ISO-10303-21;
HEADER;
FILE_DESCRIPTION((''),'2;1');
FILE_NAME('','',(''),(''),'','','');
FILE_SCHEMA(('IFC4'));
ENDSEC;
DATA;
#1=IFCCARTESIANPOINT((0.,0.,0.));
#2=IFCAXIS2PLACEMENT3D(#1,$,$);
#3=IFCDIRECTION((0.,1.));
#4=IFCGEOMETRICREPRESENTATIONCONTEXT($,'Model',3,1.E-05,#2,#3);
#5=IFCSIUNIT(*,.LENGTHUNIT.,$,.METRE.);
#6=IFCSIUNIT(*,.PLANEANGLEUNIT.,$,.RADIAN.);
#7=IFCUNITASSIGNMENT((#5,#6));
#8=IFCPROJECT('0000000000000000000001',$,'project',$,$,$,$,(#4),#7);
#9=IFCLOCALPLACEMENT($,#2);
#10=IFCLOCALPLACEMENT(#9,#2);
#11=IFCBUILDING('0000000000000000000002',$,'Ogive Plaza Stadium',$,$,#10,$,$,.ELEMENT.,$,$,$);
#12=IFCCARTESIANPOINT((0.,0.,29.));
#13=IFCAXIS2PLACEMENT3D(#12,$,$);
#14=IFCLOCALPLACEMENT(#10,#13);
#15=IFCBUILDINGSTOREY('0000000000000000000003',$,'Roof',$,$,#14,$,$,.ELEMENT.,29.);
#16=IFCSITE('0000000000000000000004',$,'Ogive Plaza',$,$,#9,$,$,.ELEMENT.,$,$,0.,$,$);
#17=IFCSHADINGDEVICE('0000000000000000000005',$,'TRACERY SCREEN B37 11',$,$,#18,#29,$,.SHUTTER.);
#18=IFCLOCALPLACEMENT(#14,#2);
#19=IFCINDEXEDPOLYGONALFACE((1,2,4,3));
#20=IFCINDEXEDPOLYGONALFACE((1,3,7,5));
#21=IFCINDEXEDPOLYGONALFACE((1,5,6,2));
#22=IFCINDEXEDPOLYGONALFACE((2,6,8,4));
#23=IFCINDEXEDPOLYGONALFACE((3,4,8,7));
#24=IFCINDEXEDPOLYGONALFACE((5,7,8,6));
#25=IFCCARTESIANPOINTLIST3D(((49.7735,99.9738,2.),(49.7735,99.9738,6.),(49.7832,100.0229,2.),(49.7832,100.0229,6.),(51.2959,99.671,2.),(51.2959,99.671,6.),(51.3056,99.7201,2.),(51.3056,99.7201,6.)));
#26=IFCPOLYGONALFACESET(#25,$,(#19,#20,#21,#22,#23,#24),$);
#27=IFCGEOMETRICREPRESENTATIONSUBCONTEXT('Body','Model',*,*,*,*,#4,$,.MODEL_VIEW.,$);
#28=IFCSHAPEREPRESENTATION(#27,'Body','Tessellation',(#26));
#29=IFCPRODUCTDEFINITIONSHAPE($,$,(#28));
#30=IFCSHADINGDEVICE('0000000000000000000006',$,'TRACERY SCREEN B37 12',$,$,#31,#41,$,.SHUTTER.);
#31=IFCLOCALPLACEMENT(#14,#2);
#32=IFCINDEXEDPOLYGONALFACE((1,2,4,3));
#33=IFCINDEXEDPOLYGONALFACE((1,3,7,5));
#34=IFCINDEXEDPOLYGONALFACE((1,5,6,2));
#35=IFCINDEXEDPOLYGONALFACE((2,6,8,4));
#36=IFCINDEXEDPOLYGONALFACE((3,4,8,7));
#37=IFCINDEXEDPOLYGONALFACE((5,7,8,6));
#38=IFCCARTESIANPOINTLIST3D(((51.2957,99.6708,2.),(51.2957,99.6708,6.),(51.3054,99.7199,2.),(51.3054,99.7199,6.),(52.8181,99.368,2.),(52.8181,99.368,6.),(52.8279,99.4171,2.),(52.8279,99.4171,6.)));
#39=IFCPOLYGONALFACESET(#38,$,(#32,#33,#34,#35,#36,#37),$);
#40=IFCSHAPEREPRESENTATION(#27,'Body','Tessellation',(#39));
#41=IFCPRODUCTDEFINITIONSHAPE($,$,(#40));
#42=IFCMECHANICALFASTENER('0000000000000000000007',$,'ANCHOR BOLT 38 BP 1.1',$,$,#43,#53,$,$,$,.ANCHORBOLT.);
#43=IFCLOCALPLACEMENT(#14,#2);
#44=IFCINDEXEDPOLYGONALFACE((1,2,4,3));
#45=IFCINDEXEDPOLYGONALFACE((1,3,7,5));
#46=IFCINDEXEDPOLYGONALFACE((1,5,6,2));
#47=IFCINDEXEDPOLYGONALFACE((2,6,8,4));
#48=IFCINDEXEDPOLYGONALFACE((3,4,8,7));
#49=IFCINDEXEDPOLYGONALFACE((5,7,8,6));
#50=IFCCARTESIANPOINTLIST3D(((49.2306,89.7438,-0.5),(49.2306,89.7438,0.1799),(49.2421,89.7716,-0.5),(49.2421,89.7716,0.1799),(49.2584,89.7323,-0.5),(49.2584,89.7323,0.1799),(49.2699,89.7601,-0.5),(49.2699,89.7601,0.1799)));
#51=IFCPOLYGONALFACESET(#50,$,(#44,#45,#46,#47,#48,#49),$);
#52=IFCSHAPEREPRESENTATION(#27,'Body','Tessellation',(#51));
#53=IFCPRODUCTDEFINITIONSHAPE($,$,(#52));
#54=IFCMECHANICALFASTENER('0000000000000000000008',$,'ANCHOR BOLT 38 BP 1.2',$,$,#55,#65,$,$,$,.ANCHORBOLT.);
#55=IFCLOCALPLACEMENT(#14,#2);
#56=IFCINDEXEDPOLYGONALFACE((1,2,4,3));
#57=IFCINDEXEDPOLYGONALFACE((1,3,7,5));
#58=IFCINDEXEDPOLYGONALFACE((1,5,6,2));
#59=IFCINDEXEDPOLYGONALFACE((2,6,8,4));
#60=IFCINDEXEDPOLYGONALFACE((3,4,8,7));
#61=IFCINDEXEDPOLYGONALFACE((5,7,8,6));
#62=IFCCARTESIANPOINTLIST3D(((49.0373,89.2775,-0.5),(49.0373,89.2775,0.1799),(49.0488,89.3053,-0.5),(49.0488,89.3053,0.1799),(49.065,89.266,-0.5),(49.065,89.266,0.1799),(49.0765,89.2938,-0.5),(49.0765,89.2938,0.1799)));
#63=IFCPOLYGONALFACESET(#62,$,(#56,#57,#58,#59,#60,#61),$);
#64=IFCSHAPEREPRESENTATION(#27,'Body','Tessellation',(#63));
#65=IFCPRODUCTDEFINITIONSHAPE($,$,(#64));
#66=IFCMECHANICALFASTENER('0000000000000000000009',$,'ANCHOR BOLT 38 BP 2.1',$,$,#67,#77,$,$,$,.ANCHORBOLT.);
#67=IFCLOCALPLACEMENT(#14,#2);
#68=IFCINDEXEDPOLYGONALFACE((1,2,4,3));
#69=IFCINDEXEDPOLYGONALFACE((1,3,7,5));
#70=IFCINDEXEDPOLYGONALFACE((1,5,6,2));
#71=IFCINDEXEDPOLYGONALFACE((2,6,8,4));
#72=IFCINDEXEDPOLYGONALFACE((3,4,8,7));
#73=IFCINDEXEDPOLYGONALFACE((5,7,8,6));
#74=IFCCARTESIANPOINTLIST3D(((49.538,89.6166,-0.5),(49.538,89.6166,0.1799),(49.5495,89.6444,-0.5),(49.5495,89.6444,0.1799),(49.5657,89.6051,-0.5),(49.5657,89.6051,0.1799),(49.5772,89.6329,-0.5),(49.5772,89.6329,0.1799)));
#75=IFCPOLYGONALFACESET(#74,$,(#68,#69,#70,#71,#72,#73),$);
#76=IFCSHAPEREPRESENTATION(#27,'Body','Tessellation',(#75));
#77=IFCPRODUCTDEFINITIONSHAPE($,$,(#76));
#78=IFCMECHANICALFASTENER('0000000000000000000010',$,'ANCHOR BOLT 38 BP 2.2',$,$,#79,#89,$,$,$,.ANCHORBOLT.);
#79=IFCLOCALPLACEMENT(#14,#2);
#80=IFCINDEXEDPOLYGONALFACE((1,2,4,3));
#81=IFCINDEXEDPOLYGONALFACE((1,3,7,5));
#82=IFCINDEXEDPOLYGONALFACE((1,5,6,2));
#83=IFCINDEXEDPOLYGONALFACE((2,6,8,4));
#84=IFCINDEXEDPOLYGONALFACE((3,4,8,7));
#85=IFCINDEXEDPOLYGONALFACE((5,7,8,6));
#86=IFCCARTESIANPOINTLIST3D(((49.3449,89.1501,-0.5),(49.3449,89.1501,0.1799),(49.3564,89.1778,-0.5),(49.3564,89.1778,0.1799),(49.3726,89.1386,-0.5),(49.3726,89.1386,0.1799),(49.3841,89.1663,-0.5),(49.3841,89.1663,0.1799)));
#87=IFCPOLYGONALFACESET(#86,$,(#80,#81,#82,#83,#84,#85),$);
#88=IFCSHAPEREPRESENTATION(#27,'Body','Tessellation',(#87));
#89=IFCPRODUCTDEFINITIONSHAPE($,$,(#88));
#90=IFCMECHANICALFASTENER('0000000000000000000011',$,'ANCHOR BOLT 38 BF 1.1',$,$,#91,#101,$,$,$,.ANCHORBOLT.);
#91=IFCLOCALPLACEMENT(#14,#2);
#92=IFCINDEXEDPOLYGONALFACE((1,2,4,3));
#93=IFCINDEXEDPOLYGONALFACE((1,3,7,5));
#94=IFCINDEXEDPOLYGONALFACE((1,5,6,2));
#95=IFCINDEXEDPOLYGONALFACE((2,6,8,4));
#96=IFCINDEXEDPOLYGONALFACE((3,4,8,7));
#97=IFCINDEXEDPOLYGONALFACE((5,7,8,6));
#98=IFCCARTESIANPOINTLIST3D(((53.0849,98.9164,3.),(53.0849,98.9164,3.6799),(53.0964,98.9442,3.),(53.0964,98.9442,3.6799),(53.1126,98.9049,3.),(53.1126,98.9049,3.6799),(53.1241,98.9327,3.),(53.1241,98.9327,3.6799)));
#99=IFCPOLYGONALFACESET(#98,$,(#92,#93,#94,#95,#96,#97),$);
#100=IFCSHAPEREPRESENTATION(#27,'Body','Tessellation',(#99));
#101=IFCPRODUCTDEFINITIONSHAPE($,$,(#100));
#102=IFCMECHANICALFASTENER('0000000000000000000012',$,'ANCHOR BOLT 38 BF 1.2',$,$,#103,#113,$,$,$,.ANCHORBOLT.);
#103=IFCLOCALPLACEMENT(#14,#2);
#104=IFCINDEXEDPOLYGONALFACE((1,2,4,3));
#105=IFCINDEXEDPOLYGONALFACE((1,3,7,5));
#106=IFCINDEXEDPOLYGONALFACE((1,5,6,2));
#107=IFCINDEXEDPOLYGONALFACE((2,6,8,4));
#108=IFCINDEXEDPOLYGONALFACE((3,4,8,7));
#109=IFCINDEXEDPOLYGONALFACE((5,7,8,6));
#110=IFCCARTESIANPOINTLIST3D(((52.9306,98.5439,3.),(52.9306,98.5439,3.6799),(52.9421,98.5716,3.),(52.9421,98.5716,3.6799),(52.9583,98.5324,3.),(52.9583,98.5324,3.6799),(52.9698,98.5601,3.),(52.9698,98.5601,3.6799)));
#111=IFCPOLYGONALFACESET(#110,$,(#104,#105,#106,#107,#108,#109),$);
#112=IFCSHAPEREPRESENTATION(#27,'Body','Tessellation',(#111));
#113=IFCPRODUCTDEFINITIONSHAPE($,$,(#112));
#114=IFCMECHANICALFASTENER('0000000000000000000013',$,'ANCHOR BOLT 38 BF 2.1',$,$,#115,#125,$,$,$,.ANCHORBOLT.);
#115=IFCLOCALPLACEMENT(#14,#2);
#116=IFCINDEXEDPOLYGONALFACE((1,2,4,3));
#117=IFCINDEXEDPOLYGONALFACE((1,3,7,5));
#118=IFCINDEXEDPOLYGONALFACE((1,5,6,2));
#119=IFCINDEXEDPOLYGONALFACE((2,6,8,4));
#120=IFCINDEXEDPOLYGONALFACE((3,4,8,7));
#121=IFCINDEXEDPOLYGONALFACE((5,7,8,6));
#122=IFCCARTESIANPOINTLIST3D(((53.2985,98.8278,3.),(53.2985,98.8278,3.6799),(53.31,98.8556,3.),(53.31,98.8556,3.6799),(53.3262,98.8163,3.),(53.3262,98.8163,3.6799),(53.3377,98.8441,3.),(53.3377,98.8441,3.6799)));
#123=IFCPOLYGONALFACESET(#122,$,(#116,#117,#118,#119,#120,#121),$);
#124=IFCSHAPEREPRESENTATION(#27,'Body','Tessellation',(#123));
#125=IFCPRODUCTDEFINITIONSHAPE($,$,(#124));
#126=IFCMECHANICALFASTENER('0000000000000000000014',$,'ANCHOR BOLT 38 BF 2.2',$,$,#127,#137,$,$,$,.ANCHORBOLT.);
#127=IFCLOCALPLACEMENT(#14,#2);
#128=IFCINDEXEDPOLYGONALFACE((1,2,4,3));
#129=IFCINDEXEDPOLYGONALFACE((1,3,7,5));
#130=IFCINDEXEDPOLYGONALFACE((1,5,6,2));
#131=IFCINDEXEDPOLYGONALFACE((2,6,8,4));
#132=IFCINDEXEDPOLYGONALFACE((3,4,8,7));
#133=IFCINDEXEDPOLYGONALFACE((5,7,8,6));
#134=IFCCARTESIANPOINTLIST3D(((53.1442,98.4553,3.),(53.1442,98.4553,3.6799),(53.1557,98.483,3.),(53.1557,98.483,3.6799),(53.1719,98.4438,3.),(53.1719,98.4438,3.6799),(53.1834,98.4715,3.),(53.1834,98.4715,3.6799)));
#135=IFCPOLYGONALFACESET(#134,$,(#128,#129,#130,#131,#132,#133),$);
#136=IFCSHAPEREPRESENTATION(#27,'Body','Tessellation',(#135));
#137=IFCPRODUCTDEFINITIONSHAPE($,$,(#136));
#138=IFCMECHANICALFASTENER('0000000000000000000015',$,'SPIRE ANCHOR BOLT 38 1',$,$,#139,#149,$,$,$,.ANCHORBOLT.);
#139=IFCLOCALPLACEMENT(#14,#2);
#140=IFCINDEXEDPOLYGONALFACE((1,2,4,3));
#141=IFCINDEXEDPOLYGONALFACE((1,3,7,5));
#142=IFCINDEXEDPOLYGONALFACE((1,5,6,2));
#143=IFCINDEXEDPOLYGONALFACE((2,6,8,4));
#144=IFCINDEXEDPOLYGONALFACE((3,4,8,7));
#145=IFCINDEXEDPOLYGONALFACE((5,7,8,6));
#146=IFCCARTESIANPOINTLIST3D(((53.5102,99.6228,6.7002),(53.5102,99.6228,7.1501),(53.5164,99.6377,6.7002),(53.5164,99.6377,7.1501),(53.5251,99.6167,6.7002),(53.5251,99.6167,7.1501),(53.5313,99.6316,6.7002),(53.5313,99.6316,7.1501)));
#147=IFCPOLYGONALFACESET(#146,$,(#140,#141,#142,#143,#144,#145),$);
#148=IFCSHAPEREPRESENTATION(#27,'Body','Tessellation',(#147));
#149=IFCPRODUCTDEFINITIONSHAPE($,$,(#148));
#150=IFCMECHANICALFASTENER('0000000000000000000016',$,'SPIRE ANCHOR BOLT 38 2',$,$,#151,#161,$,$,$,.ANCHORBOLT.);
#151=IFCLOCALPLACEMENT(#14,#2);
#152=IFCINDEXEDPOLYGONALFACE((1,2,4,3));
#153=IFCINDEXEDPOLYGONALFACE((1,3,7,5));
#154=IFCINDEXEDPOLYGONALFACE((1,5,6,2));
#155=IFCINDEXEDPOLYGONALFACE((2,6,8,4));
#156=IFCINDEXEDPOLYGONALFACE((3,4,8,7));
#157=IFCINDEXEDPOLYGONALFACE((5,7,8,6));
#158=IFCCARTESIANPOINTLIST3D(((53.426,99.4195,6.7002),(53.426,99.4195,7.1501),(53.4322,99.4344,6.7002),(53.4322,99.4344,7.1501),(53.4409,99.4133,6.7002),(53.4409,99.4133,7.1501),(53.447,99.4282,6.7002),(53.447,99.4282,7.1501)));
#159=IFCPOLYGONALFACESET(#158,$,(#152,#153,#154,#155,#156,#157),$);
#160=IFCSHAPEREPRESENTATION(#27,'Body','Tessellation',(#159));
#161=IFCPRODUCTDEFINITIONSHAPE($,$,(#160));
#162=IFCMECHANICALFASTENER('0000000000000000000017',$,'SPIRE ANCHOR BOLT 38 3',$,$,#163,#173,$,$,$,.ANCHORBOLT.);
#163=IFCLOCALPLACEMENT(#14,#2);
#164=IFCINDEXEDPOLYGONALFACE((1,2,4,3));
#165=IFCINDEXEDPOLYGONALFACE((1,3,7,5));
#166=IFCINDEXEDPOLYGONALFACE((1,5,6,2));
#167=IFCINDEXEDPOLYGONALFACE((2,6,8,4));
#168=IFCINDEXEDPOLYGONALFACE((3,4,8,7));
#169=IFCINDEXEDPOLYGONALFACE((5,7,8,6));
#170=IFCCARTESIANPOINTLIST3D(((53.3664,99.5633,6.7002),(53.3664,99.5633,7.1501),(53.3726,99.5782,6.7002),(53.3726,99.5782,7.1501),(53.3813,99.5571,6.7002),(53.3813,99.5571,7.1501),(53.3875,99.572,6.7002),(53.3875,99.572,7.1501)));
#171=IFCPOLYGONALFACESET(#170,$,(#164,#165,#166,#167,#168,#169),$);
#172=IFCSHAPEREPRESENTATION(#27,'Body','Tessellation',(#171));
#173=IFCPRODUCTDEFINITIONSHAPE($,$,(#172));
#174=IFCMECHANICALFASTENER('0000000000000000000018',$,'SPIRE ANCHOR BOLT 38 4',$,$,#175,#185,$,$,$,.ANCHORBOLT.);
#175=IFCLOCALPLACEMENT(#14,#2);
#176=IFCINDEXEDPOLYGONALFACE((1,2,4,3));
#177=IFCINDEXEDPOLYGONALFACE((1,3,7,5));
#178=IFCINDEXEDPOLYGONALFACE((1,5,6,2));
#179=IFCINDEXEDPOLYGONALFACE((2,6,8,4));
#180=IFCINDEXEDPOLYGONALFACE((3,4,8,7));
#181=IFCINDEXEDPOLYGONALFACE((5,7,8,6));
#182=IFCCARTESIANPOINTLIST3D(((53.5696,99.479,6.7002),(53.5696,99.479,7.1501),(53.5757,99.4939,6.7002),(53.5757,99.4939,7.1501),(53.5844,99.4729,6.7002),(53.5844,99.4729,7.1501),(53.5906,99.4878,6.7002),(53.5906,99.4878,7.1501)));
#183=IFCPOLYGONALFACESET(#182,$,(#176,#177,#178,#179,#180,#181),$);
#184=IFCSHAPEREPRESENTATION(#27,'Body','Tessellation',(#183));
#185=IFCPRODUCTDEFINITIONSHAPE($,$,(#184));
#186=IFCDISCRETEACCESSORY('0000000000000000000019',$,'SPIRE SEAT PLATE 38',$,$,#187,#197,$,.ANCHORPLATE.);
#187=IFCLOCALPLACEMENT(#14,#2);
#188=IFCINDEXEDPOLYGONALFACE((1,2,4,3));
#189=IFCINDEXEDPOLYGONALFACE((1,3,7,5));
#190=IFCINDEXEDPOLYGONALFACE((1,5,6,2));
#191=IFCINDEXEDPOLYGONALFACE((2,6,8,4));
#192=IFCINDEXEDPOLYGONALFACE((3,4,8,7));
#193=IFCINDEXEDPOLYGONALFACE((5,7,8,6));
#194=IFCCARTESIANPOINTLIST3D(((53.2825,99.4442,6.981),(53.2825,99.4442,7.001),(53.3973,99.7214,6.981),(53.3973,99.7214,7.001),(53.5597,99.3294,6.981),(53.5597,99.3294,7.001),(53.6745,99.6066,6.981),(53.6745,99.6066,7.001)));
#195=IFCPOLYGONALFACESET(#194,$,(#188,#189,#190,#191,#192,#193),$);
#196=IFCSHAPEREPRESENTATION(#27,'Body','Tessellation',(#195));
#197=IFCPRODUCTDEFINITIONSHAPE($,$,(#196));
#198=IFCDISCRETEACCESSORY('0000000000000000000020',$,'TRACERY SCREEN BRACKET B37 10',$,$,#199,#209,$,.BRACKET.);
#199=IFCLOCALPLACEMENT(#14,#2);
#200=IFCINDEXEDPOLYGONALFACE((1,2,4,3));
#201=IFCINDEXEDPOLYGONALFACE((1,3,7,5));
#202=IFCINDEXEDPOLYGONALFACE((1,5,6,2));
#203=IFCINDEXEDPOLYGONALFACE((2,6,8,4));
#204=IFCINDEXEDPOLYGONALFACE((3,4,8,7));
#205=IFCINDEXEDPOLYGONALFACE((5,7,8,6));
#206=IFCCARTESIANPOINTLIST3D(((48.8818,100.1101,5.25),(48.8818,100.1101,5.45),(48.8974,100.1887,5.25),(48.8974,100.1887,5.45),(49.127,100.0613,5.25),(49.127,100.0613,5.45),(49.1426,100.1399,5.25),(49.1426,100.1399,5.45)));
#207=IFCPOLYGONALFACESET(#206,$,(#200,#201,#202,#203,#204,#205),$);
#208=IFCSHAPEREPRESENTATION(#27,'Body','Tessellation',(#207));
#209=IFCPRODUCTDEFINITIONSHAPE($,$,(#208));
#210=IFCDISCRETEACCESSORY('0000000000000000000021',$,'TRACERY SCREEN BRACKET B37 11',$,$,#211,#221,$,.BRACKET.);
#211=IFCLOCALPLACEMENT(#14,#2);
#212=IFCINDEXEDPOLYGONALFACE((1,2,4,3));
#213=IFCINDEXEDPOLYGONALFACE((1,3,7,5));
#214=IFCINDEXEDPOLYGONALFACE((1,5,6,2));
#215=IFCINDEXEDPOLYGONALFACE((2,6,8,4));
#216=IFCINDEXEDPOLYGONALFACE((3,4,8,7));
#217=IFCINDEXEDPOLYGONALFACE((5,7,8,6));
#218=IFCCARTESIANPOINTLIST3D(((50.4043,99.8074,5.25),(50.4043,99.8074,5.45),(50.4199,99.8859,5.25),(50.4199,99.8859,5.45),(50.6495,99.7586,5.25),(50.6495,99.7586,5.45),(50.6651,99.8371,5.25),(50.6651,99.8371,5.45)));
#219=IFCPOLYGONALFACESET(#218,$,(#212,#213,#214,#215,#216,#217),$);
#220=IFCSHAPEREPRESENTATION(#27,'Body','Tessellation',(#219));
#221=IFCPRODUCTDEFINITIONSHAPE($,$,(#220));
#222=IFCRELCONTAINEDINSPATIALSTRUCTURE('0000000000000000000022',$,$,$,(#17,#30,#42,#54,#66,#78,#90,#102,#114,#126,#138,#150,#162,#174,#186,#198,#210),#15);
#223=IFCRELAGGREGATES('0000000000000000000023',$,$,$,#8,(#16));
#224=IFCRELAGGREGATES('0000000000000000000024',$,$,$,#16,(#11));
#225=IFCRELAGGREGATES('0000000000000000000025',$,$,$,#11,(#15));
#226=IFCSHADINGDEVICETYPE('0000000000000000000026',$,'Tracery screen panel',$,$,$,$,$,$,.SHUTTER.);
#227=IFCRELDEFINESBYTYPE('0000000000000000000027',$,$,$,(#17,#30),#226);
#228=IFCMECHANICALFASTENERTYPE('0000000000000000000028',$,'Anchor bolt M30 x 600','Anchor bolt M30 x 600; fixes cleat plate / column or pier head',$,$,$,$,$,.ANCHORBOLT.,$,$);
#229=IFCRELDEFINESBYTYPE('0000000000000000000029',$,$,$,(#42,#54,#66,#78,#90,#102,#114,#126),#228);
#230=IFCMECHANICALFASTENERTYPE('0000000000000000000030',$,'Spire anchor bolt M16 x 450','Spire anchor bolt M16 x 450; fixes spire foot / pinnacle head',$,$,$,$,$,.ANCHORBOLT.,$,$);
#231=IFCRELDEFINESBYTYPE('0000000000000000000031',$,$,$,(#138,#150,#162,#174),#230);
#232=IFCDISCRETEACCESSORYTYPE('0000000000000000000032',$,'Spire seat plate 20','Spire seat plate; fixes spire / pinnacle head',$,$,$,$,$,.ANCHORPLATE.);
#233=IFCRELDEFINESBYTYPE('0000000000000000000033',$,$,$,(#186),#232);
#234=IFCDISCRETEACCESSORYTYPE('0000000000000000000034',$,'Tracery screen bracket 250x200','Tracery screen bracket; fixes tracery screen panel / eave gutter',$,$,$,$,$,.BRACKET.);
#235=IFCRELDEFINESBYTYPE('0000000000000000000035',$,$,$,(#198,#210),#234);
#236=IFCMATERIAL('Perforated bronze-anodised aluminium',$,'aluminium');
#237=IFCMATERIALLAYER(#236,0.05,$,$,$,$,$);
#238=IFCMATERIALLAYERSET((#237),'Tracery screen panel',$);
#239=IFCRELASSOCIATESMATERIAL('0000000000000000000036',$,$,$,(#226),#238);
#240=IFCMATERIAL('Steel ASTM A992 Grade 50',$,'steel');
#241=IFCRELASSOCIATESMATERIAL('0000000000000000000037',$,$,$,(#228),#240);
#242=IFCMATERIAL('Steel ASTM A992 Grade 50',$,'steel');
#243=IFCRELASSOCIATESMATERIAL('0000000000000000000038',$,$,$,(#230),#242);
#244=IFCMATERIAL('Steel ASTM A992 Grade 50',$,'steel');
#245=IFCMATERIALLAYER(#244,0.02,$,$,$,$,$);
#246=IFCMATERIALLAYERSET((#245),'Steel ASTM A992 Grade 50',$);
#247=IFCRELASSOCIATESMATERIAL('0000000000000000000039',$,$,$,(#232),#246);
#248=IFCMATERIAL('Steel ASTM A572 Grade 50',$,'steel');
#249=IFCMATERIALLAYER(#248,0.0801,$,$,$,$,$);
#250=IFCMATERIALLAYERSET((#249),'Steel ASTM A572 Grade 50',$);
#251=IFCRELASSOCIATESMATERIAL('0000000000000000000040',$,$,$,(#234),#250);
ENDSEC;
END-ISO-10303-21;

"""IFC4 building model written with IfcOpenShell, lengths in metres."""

from ifc_helpers import new_model, si_unit, direction, frame, origin, origin_2d, place, context, subcontext, project, spatial, rectangle, extrude, material, layer, layer_set, type_object, element, save


model = new_model("IFC4")

# Units and contexts
model_context = context("Model", 3, precision=1e-05, world=origin(), true_north=direction((0.0, 1.0)))
body_context = subcontext(model_context, "Body", "Model", "MODEL_VIEW")
ifc_project = project(units=[si_unit("LENGTHUNIT", "METRE"), si_unit("PLANEANGLEUNIT", "RADIAN")], contexts=[model_context])

# Site, building, storey
site_placement = place(None, origin())
site = spatial("IfcSite", under=ifc_project, at=site_placement, Name="Ogive Plaza", CompositionType="ELEMENT", RefElevation=0.0)
building_placement = place(site_placement, origin())
building = spatial("IfcBuilding", under=site, at=building_placement, Name="Ogive Plaza Stadium", CompositionType="ELEMENT")
storey_placement = place(building_placement, frame((0.0, 0.0, 29.0)))
storey = spatial("IfcBuildingStorey", under=building, at=storey_placement, Name="Roof", CompositionType="ELEMENT", Elevation=29.0)

# Shading devices
ifc_material_1 = material(Name="Perforated bronze-anodised aluminium", Category="aluminium")
ifc_layer_1 = layer(ifc_material_1, 0.05)
ifc_layer_set_1 = layer_set([ifc_layer_1], Name="Tracery screen panel")
shading_device_type = type_object("IfcShadingDeviceType", Name="Tracery screen panel", PredefinedType="SHUTTER", material=ifc_layer_set_1)
for number, where, z_axis, x_axis, name in (
    (1, (50.5396, 99.8469, 2.0), (0.0, 0.0, 1.0), (0.980785, -0.19509, 0.0), "TRACERY SCREEN B37 11"),
    (2, (52.0618, 99.5439, 2.0), (0.0, 0.0, 1.0), (0.980785, -0.19509, 0.0), "TRACERY SCREEN B37 12"),
):
    element("IfcShadingDevice", number, at=place(storey_placement, frame(where, z_axis=z_axis, x_axis=x_axis)), inside=storey, type_object=shading_device_type, Name=name, PredefinedType="SHUTTER", context=body_context, shape_type="SweptSolid", body=[
        extrude(rectangle(XDim=1.5522, YDim=0.05, at=origin_2d()), origin(), (0.0, 0.0, 1.0), 4.0),
    ])

# Mechanical fasteners
ifc_material_2 = material(Name="Steel ASTM A992 Grade 50", Category="steel")
mechanical_fastener_type_1 = type_object("IfcMechanicalFastenerType", Name="Anchor bolt M30 x 600", Description="Anchor bolt M30 x 600; fixes cleat plate / column or pier head", PredefinedType="ANCHORBOLT", material=ifc_material_2)
for number, where, z_axis, x_axis, name in (
    (3, (49.2502, 89.752, -0.5), (0.0, 0.0, 1.0), (0.382683, 0.92388, 0.0), "ANCHOR BOLT 38 BP 1.1"),
    (4, (49.0569, 89.2856, -0.5), (0.0, 0.0, 1.0), (0.382683, 0.92388, 0.0), "ANCHOR BOLT 38 BP 1.2"),
    (5, (49.5576, 89.6248, -0.5), (0.0, 0.0, 1.0), (0.382683, 0.92388, 0.0), "ANCHOR BOLT 38 BP 2.1"),
    (6, (49.3645, 89.1582, -0.5), (0.0, 0.0, 1.0), (0.382683, 0.92388, 0.0), "ANCHOR BOLT 38 BP 2.2"),
    (7, (53.1045, 98.9246, 3.0), (0.0, 0.0, 1.0), (0.382683, 0.92388, 0.0), "ANCHOR BOLT 38 BF 1.1"),
    (8, (52.9502, 98.552, 3.0), (0.0, 0.0, 1.0), (0.382683, 0.92388, 0.0), "ANCHOR BOLT 38 BF 1.2"),
    (9, (53.3181, 98.8359, 3.0), (0.0, 0.0, 1.0), (0.382683, 0.92388, 0.0), "ANCHOR BOLT 38 BF 2.1"),
    (10, (53.1638, 98.4634, 3.0), (0.0, 0.0, 1.0), (0.382683, 0.92388, 0.0), "ANCHOR BOLT 38 BF 2.2"),
):
    element("IfcMechanicalFastener", number, at=place(storey_placement, frame(where, z_axis=z_axis, x_axis=x_axis)), inside=storey, type_object=mechanical_fastener_type_1, Name=name, PredefinedType="ANCHORBOLT", context=body_context, shape_type="SweptSolid", body=[
        extrude(rectangle(XDim=0.03, YDim=0.03, at=origin_2d()), origin(), (0.0, 0.0, 1.0), 0.6799),
    ])
ifc_material_3 = material(Name="Steel ASTM A992 Grade 50", Category="steel")
mechanical_fastener_type_2 = type_object("IfcMechanicalFastenerType", Name="Spire anchor bolt M16 x 450", Description="Spire anchor bolt M16 x 450; fixes spire foot / pinnacle head", PredefinedType="ANCHORBOLT", material=ifc_material_3)
for number, where, z_axis, x_axis, name in (
    (11, (53.5208, 99.6272, 6.7002), (0.0, 0.0, 1.0), (0.382683, 0.92388, 0.0), "SPIRE ANCHOR BOLT 38 1"),
    (12, (53.4365, 99.4238, 6.7002), (0.0, 0.0, 1.0), (0.382683, 0.92388, 0.0), "SPIRE ANCHOR BOLT 38 2"),
    (13, (53.377, 99.5676, 6.7002), (0.0, 0.0, 1.0), (0.382683, 0.92388, 0.0), "SPIRE ANCHOR BOLT 38 3"),
    (14, (53.5801, 99.4834, 6.7002), (0.0, 0.0, 1.0), (0.382683, 0.92388, 0.0), "SPIRE ANCHOR BOLT 38 4"),
):
    element("IfcMechanicalFastener", number, at=place(storey_placement, frame(where, z_axis=z_axis, x_axis=x_axis)), inside=storey, type_object=mechanical_fastener_type_2, Name=name, PredefinedType="ANCHORBOLT", context=body_context, shape_type="SweptSolid", body=[
        extrude(rectangle(XDim=0.0161, YDim=0.0161, at=origin_2d()), origin(), (0.0, 0.0, 1.0), 0.45),
    ])

# Discrete accessories
ifc_material_4 = material(Name="Steel ASTM A992 Grade 50", Category="steel")
ifc_layer_2 = layer(ifc_material_4, 0.02)
ifc_layer_set_2 = layer_set([ifc_layer_2], Name="Steel ASTM A992 Grade 50")
discrete_accessory_type_1 = type_object("IfcDiscreteAccessoryType", Name="Spire seat plate 20", Description="Spire seat plate; fixes spire / pinnacle head", PredefinedType="ANCHORPLATE", material=ifc_layer_set_2)
discrete_accessory_placement = place(storey_placement, frame((53.4785, 99.5254, 6.981), z_axis=(0.0, 0.0, 1.0), x_axis=(0.382683, 0.92388, 0.0)))
element("IfcDiscreteAccessory", 15, at=discrete_accessory_placement, inside=storey, type_object=discrete_accessory_type_1, Name="SPIRE SEAT PLATE 38", PredefinedType="ANCHORPLATE", context=body_context, shape_type="SweptSolid", body=[
    extrude(rectangle(XDim=0.3, YDim=0.3, at=origin_2d()), origin(), (0.0, 0.0, 1.0), 0.02),
])
ifc_material_5 = material(Name="Steel ASTM A572 Grade 50", Category="steel")
ifc_layer_3 = layer(ifc_material_5, 0.0801)
ifc_layer_set_3 = layer_set([ifc_layer_3], Name="Steel ASTM A572 Grade 50")
discrete_accessory_type_2 = type_object("IfcDiscreteAccessoryType", Name="Tracery screen bracket 250x200", Description="Tracery screen bracket; fixes tracery screen panel / eave gutter", PredefinedType="BRACKET", material=ifc_layer_set_3)
for number, where, z_axis, x_axis, name in (
    (16, (49.0122, 100.125, 5.25), (0.0, 0.0, 1.0), (0.980785, -0.19509, 0.0), "TRACERY SCREEN BRACKET B37 10"),
    (17, (50.5347, 99.8223, 5.25), (0.0, 0.0, 1.0), (0.980785, -0.19509, 0.0), "TRACERY SCREEN BRACKET B37 11"),
):
    element("IfcDiscreteAccessory", number, at=place(storey_placement, frame(where, z_axis=z_axis, x_axis=x_axis)), inside=storey, type_object=discrete_accessory_type_2, Name=name, PredefinedType="BRACKET", context=body_context, shape_type="SweptSolid", body=[
        extrude(rectangle(XDim=0.25, YDim=0.0801, at=origin_2d()), origin(), (0.0, 0.0, 1.0), 0.2),
    ])

save(model, "model.ifc")
